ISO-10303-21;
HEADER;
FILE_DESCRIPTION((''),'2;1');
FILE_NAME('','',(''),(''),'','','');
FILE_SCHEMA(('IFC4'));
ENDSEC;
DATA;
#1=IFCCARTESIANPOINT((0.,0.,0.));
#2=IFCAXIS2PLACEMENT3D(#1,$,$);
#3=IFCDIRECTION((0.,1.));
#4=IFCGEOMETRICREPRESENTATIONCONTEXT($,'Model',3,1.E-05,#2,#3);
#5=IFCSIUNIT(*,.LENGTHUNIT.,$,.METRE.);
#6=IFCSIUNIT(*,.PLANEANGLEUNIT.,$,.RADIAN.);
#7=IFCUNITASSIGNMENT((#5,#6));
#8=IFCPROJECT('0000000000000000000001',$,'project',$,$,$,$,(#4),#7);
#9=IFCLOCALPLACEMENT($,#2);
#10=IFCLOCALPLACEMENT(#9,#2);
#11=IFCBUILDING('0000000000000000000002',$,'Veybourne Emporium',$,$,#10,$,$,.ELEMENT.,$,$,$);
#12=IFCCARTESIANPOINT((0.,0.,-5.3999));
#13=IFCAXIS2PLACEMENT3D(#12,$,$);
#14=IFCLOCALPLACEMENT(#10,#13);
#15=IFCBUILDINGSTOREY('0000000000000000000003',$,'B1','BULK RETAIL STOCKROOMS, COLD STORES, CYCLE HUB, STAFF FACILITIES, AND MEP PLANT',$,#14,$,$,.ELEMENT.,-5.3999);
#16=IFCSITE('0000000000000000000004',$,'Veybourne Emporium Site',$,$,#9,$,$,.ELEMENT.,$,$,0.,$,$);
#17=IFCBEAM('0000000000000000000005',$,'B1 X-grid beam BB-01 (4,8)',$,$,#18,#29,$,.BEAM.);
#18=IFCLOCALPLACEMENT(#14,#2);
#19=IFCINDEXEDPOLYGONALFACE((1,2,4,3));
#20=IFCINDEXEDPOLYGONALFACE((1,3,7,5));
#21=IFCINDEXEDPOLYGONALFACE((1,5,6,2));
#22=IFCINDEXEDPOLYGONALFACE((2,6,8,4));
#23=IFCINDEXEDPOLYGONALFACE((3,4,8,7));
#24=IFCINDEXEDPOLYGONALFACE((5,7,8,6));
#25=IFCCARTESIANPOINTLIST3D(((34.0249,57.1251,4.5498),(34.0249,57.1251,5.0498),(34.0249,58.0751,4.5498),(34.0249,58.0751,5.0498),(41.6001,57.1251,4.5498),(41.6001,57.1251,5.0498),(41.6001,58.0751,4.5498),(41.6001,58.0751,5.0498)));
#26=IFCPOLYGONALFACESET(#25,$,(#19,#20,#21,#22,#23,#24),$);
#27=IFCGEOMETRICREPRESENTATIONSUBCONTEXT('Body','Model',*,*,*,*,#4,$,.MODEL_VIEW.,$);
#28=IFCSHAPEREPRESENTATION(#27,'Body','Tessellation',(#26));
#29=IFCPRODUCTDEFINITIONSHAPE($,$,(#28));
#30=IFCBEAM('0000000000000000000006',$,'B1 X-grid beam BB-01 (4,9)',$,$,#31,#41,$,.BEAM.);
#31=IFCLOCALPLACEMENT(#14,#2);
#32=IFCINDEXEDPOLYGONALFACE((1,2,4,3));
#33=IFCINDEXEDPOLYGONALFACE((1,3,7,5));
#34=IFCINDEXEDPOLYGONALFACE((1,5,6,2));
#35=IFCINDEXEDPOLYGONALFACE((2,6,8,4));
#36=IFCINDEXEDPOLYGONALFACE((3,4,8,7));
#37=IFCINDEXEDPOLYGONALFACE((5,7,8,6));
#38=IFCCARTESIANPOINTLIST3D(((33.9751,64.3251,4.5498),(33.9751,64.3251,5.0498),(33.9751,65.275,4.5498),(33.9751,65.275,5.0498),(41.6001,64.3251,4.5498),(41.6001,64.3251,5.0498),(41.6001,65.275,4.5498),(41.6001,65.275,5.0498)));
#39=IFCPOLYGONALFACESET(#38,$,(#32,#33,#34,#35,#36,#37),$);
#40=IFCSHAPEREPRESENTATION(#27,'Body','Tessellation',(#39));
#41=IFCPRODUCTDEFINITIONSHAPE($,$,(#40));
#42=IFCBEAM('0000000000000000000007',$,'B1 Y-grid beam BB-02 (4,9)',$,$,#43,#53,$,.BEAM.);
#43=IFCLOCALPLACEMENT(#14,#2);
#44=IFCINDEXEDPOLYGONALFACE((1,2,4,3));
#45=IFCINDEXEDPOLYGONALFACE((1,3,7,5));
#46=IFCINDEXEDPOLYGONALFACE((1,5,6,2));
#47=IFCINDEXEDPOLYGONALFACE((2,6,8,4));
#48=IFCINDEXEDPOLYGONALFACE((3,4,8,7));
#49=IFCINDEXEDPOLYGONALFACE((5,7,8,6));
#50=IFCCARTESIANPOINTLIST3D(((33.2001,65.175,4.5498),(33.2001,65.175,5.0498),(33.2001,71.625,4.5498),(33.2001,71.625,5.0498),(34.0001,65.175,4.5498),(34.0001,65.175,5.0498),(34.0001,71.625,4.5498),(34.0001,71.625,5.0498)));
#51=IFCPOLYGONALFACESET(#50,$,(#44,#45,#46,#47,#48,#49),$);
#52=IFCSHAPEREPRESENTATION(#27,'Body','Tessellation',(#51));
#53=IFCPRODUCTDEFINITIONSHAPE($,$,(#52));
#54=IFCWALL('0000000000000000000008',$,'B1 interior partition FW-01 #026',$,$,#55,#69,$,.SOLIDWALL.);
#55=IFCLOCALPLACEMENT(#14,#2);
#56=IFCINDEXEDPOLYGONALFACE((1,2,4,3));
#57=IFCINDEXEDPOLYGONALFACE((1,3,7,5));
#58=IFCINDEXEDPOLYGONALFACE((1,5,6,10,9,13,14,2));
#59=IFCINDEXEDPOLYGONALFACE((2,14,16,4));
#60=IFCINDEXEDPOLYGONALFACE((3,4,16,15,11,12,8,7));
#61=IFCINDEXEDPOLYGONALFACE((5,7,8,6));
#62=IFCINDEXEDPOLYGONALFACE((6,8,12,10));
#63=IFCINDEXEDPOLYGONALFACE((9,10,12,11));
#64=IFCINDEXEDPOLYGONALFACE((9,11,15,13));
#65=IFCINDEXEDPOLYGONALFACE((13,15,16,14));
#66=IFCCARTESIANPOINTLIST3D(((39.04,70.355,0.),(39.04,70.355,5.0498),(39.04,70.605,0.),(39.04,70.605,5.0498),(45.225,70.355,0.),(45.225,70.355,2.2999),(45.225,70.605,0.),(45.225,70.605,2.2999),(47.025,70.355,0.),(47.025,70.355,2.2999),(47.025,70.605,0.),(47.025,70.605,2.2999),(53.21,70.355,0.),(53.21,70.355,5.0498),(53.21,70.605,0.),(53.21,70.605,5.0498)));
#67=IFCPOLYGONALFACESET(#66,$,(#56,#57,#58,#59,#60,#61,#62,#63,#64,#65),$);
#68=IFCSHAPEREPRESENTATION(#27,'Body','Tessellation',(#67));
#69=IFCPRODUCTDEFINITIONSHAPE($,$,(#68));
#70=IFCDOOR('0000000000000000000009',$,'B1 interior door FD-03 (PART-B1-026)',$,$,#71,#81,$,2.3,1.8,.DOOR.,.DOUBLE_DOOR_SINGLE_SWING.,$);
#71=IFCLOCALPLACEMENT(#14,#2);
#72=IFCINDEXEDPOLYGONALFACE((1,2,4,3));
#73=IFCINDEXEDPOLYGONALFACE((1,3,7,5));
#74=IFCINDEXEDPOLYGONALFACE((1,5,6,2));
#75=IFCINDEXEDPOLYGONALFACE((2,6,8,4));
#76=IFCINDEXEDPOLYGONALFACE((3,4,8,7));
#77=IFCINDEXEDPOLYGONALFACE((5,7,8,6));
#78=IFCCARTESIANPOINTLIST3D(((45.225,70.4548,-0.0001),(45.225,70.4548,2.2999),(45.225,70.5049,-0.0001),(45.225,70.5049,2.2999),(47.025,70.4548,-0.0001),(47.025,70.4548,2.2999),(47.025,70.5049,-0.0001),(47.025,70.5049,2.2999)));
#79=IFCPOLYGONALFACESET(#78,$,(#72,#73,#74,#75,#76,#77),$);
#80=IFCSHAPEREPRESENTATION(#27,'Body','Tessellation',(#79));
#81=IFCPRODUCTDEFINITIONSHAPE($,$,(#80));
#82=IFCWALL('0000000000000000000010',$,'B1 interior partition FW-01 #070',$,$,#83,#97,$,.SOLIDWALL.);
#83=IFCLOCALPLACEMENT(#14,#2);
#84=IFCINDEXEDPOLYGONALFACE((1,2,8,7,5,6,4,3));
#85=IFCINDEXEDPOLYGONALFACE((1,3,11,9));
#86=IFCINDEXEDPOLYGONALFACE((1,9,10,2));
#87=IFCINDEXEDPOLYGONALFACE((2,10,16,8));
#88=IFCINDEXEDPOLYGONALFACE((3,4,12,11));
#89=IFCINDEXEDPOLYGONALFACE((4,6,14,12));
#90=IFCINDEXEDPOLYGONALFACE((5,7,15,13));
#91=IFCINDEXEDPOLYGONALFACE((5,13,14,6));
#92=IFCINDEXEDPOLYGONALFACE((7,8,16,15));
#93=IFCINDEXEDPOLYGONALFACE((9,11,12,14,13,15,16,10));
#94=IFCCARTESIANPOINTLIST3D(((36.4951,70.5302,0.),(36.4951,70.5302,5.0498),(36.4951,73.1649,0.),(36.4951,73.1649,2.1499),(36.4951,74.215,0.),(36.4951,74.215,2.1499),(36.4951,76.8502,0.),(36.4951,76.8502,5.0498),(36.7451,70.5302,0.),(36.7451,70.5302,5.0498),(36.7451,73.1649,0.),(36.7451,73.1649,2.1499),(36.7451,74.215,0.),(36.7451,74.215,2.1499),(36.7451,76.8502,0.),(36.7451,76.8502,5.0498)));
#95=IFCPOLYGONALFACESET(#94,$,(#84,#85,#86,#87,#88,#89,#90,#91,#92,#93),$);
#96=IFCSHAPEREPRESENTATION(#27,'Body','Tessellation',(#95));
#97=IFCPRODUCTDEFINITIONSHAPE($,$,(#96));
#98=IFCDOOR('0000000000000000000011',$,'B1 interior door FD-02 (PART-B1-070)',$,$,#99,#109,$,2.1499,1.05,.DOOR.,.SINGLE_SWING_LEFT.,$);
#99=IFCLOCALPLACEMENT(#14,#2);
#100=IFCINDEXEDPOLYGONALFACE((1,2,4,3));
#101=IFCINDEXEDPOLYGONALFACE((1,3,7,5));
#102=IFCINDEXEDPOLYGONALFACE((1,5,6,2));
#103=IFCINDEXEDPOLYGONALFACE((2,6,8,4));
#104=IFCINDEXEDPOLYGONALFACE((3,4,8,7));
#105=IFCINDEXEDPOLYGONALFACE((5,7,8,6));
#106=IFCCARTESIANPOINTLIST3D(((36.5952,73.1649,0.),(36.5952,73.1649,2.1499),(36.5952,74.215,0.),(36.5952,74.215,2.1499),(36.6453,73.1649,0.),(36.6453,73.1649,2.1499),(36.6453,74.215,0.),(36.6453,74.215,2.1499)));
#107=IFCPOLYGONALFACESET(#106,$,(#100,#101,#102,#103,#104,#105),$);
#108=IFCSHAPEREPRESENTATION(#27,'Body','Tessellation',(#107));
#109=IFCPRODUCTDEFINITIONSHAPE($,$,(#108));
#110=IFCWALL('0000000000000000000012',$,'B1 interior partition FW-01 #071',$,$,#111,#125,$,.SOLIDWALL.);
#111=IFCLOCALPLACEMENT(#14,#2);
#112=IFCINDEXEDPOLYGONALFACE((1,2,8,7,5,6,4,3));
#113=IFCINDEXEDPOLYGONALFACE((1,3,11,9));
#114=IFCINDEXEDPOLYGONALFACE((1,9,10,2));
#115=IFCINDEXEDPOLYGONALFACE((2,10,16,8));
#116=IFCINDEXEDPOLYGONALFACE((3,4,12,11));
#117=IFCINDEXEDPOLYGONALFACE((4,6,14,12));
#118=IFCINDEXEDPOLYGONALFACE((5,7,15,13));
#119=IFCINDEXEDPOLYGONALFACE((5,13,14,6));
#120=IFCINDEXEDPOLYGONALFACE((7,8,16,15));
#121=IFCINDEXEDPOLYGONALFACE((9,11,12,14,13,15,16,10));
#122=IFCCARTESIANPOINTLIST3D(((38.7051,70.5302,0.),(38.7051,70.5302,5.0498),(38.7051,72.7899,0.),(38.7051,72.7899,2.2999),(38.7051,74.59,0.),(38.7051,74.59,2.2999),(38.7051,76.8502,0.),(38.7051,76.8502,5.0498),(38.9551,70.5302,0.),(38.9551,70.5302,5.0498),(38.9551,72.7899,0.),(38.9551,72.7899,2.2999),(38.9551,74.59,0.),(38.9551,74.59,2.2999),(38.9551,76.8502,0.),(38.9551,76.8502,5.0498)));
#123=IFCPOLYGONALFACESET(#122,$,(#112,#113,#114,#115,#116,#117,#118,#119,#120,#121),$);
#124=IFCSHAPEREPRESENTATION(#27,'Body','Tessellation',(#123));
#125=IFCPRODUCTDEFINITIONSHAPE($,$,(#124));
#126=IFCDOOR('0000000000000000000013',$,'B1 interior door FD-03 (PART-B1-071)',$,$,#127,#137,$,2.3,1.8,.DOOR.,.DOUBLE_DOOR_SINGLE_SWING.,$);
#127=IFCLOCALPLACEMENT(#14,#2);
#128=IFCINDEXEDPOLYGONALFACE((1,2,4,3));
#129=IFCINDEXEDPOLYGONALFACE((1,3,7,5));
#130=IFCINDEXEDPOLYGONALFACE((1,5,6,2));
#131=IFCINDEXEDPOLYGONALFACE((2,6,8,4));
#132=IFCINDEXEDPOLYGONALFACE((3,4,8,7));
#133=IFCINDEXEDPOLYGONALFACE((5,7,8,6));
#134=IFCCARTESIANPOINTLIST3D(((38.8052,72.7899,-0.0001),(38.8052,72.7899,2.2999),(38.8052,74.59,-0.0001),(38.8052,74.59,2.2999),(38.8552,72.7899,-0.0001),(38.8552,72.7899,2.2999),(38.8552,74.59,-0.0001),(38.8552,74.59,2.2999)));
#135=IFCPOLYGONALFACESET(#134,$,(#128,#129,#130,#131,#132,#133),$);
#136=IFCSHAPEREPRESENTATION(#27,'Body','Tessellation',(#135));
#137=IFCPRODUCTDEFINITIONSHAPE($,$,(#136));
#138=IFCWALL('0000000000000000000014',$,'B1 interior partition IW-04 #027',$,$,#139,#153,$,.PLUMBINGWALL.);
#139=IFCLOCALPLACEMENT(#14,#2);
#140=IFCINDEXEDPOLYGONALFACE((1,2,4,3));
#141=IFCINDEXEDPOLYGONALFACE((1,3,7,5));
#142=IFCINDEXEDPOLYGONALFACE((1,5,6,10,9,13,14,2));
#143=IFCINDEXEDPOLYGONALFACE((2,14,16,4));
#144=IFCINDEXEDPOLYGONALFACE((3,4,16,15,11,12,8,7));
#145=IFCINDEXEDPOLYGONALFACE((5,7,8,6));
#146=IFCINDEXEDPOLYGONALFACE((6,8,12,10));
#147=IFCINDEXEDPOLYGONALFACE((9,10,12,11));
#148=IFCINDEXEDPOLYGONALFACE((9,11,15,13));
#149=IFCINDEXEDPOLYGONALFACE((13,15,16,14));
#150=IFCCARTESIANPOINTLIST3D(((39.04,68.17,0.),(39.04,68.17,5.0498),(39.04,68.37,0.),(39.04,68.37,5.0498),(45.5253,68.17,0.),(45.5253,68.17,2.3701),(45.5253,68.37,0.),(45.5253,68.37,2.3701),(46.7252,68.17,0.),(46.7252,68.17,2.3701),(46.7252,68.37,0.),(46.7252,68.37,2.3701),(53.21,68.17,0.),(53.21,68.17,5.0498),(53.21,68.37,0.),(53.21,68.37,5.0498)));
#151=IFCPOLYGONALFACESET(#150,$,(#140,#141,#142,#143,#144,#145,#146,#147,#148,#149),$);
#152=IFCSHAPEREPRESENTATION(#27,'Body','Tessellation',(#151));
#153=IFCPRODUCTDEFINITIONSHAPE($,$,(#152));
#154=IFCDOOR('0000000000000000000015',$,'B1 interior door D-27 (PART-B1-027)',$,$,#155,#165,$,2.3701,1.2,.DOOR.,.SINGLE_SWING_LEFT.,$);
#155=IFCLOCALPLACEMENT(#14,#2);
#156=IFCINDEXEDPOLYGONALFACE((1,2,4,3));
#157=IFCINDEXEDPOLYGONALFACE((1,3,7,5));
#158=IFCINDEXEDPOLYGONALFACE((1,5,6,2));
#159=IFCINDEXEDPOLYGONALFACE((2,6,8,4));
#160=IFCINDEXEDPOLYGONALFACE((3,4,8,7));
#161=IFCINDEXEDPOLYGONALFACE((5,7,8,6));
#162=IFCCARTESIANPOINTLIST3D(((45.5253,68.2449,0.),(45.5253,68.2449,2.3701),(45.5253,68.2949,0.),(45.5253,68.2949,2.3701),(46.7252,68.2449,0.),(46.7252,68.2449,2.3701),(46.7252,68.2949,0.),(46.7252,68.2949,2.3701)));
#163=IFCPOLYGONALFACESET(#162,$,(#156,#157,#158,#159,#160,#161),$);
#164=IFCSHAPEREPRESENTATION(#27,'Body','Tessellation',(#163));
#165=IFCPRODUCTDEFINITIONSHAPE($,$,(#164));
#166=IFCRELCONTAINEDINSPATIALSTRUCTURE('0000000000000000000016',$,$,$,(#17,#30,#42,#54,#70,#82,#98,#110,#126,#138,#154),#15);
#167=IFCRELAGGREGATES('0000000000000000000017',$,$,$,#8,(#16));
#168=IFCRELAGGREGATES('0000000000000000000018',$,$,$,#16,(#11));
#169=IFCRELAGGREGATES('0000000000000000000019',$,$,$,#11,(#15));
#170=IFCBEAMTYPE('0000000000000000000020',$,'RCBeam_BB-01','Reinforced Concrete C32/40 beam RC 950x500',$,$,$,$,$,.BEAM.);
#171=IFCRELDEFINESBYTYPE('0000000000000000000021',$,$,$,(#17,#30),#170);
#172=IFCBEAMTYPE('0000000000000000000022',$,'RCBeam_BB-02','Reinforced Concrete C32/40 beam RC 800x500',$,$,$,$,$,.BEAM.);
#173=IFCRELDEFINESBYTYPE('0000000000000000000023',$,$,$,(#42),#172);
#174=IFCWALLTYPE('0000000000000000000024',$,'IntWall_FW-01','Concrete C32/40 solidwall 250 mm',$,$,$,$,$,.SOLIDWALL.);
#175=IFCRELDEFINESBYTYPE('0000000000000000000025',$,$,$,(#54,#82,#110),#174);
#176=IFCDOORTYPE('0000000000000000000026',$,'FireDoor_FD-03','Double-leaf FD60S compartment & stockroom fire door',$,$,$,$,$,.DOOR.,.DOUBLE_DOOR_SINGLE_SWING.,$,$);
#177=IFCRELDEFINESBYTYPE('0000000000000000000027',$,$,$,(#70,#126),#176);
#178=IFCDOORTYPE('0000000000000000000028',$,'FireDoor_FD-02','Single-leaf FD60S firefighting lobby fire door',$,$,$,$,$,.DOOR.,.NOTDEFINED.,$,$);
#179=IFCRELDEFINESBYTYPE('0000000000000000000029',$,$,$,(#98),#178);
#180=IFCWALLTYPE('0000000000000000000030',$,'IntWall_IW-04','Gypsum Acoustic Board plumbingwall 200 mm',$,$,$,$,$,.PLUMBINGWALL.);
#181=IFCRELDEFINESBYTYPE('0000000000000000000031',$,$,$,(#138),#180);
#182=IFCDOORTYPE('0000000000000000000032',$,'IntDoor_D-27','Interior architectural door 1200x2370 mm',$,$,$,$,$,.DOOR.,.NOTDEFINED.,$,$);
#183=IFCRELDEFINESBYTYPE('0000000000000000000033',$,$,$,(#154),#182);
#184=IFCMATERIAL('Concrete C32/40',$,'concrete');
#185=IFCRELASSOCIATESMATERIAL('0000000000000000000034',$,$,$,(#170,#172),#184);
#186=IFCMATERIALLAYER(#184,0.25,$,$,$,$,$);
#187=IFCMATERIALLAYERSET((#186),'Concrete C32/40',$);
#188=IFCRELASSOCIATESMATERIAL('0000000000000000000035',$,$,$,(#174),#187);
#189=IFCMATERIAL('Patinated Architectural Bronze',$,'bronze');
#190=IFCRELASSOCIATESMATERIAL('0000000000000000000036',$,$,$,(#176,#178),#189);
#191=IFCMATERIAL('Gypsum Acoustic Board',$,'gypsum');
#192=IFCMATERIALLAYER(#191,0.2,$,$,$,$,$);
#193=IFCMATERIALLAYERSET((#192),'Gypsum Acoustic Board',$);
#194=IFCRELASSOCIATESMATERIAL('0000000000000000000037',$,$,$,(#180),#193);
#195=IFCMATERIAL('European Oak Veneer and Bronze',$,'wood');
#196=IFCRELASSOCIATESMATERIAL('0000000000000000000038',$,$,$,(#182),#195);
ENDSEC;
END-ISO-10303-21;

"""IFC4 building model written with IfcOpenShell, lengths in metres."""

from ifc_helpers import new_model, si_unit, direction, frame, frame_2d, origin, origin_2d, place, context, subcontext, project, spatial, rectangle, extrude, material, layer, layer_set, material_profile, profile_set, type_object, element, fill, save


model = new_model("IFC4")

# Units and contexts
model_context = context("Model", 3, precision=1e-05, world=origin(), true_north=direction((0.0, 1.0)))
body_context = subcontext(model_context, "Body", "Model", "MODEL_VIEW")
ifc_project = project(units=[si_unit("LENGTHUNIT", "METRE"), si_unit("PLANEANGLEUNIT", "RADIAN")], contexts=[model_context])

# Site, building, storey
site_placement = place(None, origin())
site = spatial("IfcSite", under=ifc_project, at=site_placement, Name="Veybourne Emporium Site", CompositionType="ELEMENT", RefElevation=0.0)
building_placement = place(site_placement, origin())
building = spatial("IfcBuilding", under=site, at=building_placement, Name="Veybourne Emporium", CompositionType="ELEMENT")
storey_placement = place(building_placement, frame((0.0, 0.0, -5.3999)))
storey = spatial("IfcBuildingStorey", under=building, at=storey_placement, Name="B1", Description="BULK RETAIL STOCKROOMS, COLD STORES, CYCLE HUB, STAFF FACILITIES, AND MEP PLANT", CompositionType="ELEMENT", Elevation=-5.3999)

# Beams
ifc_material_1 = material(Name="Concrete C32/40", Category="concrete")
ifc_material_profile_1 = material_profile(ifc_material_1, rectangle(XDim=0.95, YDim=0.5, at=origin_2d()), Name="RC 950x500")
ifc_profile_set_1 = profile_set([ifc_material_profile_1], Name="Concrete C32/40")
beam_type_1 = type_object("IfcBeamType", Name="RCBeam_BB-01", Description="Reinforced Concrete C32/40 beam RC 950x500", PredefinedType="BEAM", material=ifc_profile_set_1)
beam_1_placement = place(storey_placement, frame((34.0249, 57.6001, 4.7998), z_axis=(1.0, 0.0, 0.0), x_axis=(0.0, 1.0, 0.0)))
element("IfcBeam", 1, at=beam_1_placement, inside=storey, type_object=beam_type_1, Name="B1 X-grid beam BB-01 (4,8)", PredefinedType="BEAM", context=body_context, shape_type="SweptSolid", body=[
    extrude(rectangle(XDim=0.95, YDim=0.5, at=origin_2d()), origin(), (0.0, 0.0, 1.0), 7.5752),
])
beam_2_placement = place(storey_placement, frame((33.9751, 64.8, 4.7998), z_axis=(1.0, 0.0, 0.0), x_axis=(0.0, 1.0, 0.0)))
element("IfcBeam", 2, at=beam_2_placement, inside=storey, type_object=beam_type_1, Name="B1 X-grid beam BB-01 (4,9)", PredefinedType="BEAM", context=body_context, shape_type="SweptSolid", body=[
    extrude(rectangle(XDim=0.95, YDim=0.5, at=origin_2d()), origin(), (0.0, 0.0, 1.0), 7.625),
])
ifc_material_profile_2 = material_profile(ifc_material_1, rectangle(XDim=0.8, YDim=0.5, at=origin_2d()), Name="RC 800x500")
ifc_profile_set_2 = profile_set([ifc_material_profile_2], Name="Concrete C32/40")
beam_type_2 = type_object("IfcBeamType", Name="RCBeam_BB-02", Description="Reinforced Concrete C32/40 beam RC 800x500", PredefinedType="BEAM", material=ifc_profile_set_2)
beam_3_placement = place(storey_placement, frame((33.6001, 65.175, 4.7998), z_axis=(0.0, 1.0, 0.0), x_axis=(-1.0, 0.0, 0.0)))
element("IfcBeam", 3, at=beam_3_placement, inside=storey, type_object=beam_type_2, Name="B1 Y-grid beam BB-02 (4,9)", PredefinedType="BEAM", context=body_context, shape_type="SweptSolid", body=[
    extrude(rectangle(XDim=0.8, YDim=0.5, at=origin_2d()), origin(), (0.0, 0.0, 1.0), 6.45),
])

# Walls, openings, doors
ifc_layer_1 = layer(ifc_material_1, 0.25)
ifc_layer_set_1 = layer_set([ifc_layer_1], Name="Concrete C32/40")
wall_type_1 = type_object("IfcWallType", Name="IntWall_FW-01", Description="Concrete C32/40 solidwall 250 mm", PredefinedType="SOLIDWALL", material=ifc_layer_set_1)
wall_1_placement = place(storey_placement, frame((39.04, 70.48, 0.0), z_axis=(0.0, 0.0, 1.0), x_axis=(1.0, 0.0, 0.0)))
wall_1 = element("IfcWall", 4, at=wall_1_placement, inside=storey, type_object=wall_type_1, Name="B1 interior partition FW-01 #026", PredefinedType="SOLIDWALL", context=body_context, shape_type="SweptSolid", body=[
    extrude(rectangle(XDim=14.1699, YDim=0.25, at=frame_2d((7.085, 0.0))), origin(), (0.0, 0.0, 1.0), 5.0498),
])
opening_1_placement = place(wall_1_placement, frame((6.1851, 0.0, 0.0)))
opening_1 = element("IfcOpeningElement", 5, at=opening_1_placement, cuts=wall_1, PredefinedType="OPENING", context=body_context, shape_type="SweptSolid", body=[
    extrude(rectangle(XDim=1.8, YDim=2.3, at=frame_2d((0.8999, 1.1499))), frame((0.0, 0.145, 0.0), z_axis=(0.0, -1.0, 0.0), x_axis=(1.0, 0.0, 0.0)), (0.0, 0.0, 1.0), 0.29),
])
ifc_material_2 = material(Name="Patinated Architectural Bronze", Category="bronze")
door_type_1 = type_object("IfcDoorType", Name="FireDoor_FD-03", Description="Double-leaf FD60S compartment & stockroom fire door", OperationType="DOUBLE_DOOR_SINGLE_SWING", PredefinedType="DOOR", material=ifc_material_2)
door_1_placement = place(opening_1_placement, origin())
door_1 = element("IfcDoor", 6, at=door_1_placement, inside=storey, type_object=door_type_1, Name="B1 interior door FD-03 (PART-B1-026)", OperationType="DOUBLE_DOOR_SINGLE_SWING", OverallHeight=2.3, OverallWidth=1.8, PredefinedType="DOOR", context=body_context, shape_type="SweptSolid", body=[
    extrude(rectangle(XDim=1.8, YDim=2.3, at=frame_2d((0.8999, 1.1499))), frame((0.0, 0.0249, 0.0), z_axis=(0.0, -1.0, 0.0), x_axis=(1.0, 0.0, 0.0)), (0.0, 0.0, 1.0), 0.05),
])
fill(opening_1, door_1)
wall_2_placement = place(storey_placement, frame((36.6201, 70.53, 0.0), z_axis=(0.0, 0.0, 1.0), x_axis=(0.0, 1.0, 0.0)))
wall_2 = element("IfcWall", 7, at=wall_2_placement, inside=storey, type_object=wall_type_1, Name="B1 interior partition FW-01 #070", PredefinedType="SOLIDWALL", context=body_context, shape_type="SweptSolid", body=[
    extrude(rectangle(XDim=6.3201, YDim=0.25, at=frame_2d((3.1602, 0.0))), origin(), (0.0, 0.0, 1.0), 5.0498),
])
opening_2_placement = place(wall_2_placement, frame((2.635, 0.0, 0.0)))
opening_2 = element("IfcOpeningElement", 8, at=opening_2_placement, cuts=wall_2, PredefinedType="OPENING", context=body_context, shape_type="SweptSolid", body=[
    extrude(rectangle(XDim=1.05, YDim=2.1499, at=frame_2d((0.5249, 1.075))), frame((0.0, 0.145, 0.0), z_axis=(0.0, -1.0, 0.0), x_axis=(1.0, 0.0, 0.0)), (0.0, 0.0, 1.0), 0.29),
])
door_type_2 = type_object("IfcDoorType", Name="FireDoor_FD-02", Description="Single-leaf FD60S firefighting lobby fire door", OperationType="NOTDEFINED", PredefinedType="DOOR", material=ifc_material_2)
door_2_placement = place(opening_2_placement, origin())
door_2 = element("IfcDoor", 9, at=door_2_placement, inside=storey, type_object=door_type_2, Name="B1 interior door FD-02 (PART-B1-070)", OperationType="SINGLE_SWING_LEFT", OverallHeight=2.1499, OverallWidth=1.05, PredefinedType="DOOR", context=body_context, shape_type="SweptSolid", body=[
    extrude(rectangle(XDim=1.05, YDim=2.1499, at=frame_2d((0.5249, 1.075))), frame((0.0, 0.0249, 0.0), z_axis=(0.0, -1.0, 0.0), x_axis=(1.0, 0.0, 0.0)), (0.0, 0.0, 1.0), 0.05),
])
fill(opening_2, door_2)
wall_3_placement = place(storey_placement, frame((38.8301, 70.53, 0.0), z_axis=(0.0, 0.0, 1.0), x_axis=(0.0, 1.0, 0.0)))
wall_3 = element("IfcWall", 10, at=wall_3_placement, inside=storey, type_object=wall_type_1, Name="B1 interior partition FW-01 #071", PredefinedType="SOLIDWALL", context=body_context, shape_type="SweptSolid", body=[
    extrude(rectangle(XDim=6.3201, YDim=0.25, at=frame_2d((3.1602, 0.0))), origin(), (0.0, 0.0, 1.0), 5.0498),
])
opening_3_placement = place(wall_3_placement, frame((2.26, 0.0, 0.0)))
opening_3 = element("IfcOpeningElement", 11, at=opening_3_placement, cuts=wall_3, PredefinedType="OPENING", context=body_context, shape_type="SweptSolid", body=[
    extrude(rectangle(XDim=1.8, YDim=2.3, at=frame_2d((0.8999, 1.1499))), frame((0.0, 0.145, 0.0), z_axis=(0.0, -1.0, 0.0), x_axis=(1.0, 0.0, 0.0)), (0.0, 0.0, 1.0), 0.29),
])
door_3_placement = place(opening_3_placement, origin())
door_3 = element("IfcDoor", 12, at=door_3_placement, inside=storey, type_object=door_type_1, Name="B1 interior door FD-03 (PART-B1-071)", OperationType="DOUBLE_DOOR_SINGLE_SWING", OverallHeight=2.3, OverallWidth=1.8, PredefinedType="DOOR", context=body_context, shape_type="SweptSolid", body=[
    extrude(rectangle(XDim=1.8, YDim=2.3, at=frame_2d((0.8999, 1.1499))), frame((0.0, 0.0249, 0.0), z_axis=(0.0, -1.0, 0.0), x_axis=(1.0, 0.0, 0.0)), (0.0, 0.0, 1.0), 0.05),
])
fill(opening_3, door_3)
ifc_material_3 = material(Name="Gypsum Acoustic Board", Category="gypsum")
ifc_layer_2 = layer(ifc_material_3, 0.2)
ifc_layer_set_2 = layer_set([ifc_layer_2], Name="Gypsum Acoustic Board")
wall_type_2 = type_object("IfcWallType", Name="IntWall_IW-04", Description="Gypsum Acoustic Board plumbingwall 200 mm", PredefinedType="PLUMBINGWALL", material=ifc_layer_set_2)
wall_4_placement = place(storey_placement, frame((39.04, 68.27, 0.0), z_axis=(0.0, 0.0, 1.0), x_axis=(1.0, 0.0, 0.0)))
wall_4 = element("IfcWall", 13, at=wall_4_placement, inside=storey, type_object=wall_type_2, Name="B1 interior partition IW-04 #027", PredefinedType="PLUMBINGWALL", context=body_context, shape_type="SweptSolid", body=[
    extrude(rectangle(XDim=14.1699, YDim=0.2, at=frame_2d((7.085, 0.0))), origin(), (0.0, 0.0, 1.0), 5.0498),
])
opening_4_placement = place(wall_4_placement, frame((6.4851, 0.0, 0.0)))
opening_4 = element("IfcOpeningElement", 14, at=opening_4_placement, cuts=wall_4, PredefinedType="OPENING", context=body_context, shape_type="SweptSolid", body=[
    extrude(rectangle(XDim=1.2, YDim=2.3701, at=frame_2d((0.6001, 1.1851))), frame((0.0, 0.1201, 0.0), z_axis=(0.0, -1.0, 0.0), x_axis=(1.0, 0.0, 0.0)), (0.0, 0.0, 1.0), 0.24),
])
ifc_material_4 = material(Name="European Oak Veneer and Bronze", Category="wood")
door_type_3 = type_object("IfcDoorType", Name="IntDoor_D-27", Description="Interior architectural door 1200x2370 mm", OperationType="NOTDEFINED", PredefinedType="DOOR", material=ifc_material_4)
door_4_placement = place(opening_4_placement, origin())
door_4 = element("IfcDoor", 15, at=door_4_placement, inside=storey, type_object=door_type_3, Name="B1 interior door D-27 (PART-B1-027)", OperationType="SINGLE_SWING_LEFT", OverallHeight=2.3701, OverallWidth=1.2, PredefinedType="DOOR", context=body_context, shape_type="SweptSolid", body=[
    extrude(rectangle(XDim=1.2, YDim=2.3701, at=frame_2d((0.6001, 1.1851))), frame((0.0, 0.0249, 0.0), z_axis=(0.0, -1.0, 0.0), x_axis=(1.0, 0.0, 0.0)), (0.0, 0.0, 1.0), 0.05),
])
fill(opening_4, door_4)

save(model, "model.ifc")
